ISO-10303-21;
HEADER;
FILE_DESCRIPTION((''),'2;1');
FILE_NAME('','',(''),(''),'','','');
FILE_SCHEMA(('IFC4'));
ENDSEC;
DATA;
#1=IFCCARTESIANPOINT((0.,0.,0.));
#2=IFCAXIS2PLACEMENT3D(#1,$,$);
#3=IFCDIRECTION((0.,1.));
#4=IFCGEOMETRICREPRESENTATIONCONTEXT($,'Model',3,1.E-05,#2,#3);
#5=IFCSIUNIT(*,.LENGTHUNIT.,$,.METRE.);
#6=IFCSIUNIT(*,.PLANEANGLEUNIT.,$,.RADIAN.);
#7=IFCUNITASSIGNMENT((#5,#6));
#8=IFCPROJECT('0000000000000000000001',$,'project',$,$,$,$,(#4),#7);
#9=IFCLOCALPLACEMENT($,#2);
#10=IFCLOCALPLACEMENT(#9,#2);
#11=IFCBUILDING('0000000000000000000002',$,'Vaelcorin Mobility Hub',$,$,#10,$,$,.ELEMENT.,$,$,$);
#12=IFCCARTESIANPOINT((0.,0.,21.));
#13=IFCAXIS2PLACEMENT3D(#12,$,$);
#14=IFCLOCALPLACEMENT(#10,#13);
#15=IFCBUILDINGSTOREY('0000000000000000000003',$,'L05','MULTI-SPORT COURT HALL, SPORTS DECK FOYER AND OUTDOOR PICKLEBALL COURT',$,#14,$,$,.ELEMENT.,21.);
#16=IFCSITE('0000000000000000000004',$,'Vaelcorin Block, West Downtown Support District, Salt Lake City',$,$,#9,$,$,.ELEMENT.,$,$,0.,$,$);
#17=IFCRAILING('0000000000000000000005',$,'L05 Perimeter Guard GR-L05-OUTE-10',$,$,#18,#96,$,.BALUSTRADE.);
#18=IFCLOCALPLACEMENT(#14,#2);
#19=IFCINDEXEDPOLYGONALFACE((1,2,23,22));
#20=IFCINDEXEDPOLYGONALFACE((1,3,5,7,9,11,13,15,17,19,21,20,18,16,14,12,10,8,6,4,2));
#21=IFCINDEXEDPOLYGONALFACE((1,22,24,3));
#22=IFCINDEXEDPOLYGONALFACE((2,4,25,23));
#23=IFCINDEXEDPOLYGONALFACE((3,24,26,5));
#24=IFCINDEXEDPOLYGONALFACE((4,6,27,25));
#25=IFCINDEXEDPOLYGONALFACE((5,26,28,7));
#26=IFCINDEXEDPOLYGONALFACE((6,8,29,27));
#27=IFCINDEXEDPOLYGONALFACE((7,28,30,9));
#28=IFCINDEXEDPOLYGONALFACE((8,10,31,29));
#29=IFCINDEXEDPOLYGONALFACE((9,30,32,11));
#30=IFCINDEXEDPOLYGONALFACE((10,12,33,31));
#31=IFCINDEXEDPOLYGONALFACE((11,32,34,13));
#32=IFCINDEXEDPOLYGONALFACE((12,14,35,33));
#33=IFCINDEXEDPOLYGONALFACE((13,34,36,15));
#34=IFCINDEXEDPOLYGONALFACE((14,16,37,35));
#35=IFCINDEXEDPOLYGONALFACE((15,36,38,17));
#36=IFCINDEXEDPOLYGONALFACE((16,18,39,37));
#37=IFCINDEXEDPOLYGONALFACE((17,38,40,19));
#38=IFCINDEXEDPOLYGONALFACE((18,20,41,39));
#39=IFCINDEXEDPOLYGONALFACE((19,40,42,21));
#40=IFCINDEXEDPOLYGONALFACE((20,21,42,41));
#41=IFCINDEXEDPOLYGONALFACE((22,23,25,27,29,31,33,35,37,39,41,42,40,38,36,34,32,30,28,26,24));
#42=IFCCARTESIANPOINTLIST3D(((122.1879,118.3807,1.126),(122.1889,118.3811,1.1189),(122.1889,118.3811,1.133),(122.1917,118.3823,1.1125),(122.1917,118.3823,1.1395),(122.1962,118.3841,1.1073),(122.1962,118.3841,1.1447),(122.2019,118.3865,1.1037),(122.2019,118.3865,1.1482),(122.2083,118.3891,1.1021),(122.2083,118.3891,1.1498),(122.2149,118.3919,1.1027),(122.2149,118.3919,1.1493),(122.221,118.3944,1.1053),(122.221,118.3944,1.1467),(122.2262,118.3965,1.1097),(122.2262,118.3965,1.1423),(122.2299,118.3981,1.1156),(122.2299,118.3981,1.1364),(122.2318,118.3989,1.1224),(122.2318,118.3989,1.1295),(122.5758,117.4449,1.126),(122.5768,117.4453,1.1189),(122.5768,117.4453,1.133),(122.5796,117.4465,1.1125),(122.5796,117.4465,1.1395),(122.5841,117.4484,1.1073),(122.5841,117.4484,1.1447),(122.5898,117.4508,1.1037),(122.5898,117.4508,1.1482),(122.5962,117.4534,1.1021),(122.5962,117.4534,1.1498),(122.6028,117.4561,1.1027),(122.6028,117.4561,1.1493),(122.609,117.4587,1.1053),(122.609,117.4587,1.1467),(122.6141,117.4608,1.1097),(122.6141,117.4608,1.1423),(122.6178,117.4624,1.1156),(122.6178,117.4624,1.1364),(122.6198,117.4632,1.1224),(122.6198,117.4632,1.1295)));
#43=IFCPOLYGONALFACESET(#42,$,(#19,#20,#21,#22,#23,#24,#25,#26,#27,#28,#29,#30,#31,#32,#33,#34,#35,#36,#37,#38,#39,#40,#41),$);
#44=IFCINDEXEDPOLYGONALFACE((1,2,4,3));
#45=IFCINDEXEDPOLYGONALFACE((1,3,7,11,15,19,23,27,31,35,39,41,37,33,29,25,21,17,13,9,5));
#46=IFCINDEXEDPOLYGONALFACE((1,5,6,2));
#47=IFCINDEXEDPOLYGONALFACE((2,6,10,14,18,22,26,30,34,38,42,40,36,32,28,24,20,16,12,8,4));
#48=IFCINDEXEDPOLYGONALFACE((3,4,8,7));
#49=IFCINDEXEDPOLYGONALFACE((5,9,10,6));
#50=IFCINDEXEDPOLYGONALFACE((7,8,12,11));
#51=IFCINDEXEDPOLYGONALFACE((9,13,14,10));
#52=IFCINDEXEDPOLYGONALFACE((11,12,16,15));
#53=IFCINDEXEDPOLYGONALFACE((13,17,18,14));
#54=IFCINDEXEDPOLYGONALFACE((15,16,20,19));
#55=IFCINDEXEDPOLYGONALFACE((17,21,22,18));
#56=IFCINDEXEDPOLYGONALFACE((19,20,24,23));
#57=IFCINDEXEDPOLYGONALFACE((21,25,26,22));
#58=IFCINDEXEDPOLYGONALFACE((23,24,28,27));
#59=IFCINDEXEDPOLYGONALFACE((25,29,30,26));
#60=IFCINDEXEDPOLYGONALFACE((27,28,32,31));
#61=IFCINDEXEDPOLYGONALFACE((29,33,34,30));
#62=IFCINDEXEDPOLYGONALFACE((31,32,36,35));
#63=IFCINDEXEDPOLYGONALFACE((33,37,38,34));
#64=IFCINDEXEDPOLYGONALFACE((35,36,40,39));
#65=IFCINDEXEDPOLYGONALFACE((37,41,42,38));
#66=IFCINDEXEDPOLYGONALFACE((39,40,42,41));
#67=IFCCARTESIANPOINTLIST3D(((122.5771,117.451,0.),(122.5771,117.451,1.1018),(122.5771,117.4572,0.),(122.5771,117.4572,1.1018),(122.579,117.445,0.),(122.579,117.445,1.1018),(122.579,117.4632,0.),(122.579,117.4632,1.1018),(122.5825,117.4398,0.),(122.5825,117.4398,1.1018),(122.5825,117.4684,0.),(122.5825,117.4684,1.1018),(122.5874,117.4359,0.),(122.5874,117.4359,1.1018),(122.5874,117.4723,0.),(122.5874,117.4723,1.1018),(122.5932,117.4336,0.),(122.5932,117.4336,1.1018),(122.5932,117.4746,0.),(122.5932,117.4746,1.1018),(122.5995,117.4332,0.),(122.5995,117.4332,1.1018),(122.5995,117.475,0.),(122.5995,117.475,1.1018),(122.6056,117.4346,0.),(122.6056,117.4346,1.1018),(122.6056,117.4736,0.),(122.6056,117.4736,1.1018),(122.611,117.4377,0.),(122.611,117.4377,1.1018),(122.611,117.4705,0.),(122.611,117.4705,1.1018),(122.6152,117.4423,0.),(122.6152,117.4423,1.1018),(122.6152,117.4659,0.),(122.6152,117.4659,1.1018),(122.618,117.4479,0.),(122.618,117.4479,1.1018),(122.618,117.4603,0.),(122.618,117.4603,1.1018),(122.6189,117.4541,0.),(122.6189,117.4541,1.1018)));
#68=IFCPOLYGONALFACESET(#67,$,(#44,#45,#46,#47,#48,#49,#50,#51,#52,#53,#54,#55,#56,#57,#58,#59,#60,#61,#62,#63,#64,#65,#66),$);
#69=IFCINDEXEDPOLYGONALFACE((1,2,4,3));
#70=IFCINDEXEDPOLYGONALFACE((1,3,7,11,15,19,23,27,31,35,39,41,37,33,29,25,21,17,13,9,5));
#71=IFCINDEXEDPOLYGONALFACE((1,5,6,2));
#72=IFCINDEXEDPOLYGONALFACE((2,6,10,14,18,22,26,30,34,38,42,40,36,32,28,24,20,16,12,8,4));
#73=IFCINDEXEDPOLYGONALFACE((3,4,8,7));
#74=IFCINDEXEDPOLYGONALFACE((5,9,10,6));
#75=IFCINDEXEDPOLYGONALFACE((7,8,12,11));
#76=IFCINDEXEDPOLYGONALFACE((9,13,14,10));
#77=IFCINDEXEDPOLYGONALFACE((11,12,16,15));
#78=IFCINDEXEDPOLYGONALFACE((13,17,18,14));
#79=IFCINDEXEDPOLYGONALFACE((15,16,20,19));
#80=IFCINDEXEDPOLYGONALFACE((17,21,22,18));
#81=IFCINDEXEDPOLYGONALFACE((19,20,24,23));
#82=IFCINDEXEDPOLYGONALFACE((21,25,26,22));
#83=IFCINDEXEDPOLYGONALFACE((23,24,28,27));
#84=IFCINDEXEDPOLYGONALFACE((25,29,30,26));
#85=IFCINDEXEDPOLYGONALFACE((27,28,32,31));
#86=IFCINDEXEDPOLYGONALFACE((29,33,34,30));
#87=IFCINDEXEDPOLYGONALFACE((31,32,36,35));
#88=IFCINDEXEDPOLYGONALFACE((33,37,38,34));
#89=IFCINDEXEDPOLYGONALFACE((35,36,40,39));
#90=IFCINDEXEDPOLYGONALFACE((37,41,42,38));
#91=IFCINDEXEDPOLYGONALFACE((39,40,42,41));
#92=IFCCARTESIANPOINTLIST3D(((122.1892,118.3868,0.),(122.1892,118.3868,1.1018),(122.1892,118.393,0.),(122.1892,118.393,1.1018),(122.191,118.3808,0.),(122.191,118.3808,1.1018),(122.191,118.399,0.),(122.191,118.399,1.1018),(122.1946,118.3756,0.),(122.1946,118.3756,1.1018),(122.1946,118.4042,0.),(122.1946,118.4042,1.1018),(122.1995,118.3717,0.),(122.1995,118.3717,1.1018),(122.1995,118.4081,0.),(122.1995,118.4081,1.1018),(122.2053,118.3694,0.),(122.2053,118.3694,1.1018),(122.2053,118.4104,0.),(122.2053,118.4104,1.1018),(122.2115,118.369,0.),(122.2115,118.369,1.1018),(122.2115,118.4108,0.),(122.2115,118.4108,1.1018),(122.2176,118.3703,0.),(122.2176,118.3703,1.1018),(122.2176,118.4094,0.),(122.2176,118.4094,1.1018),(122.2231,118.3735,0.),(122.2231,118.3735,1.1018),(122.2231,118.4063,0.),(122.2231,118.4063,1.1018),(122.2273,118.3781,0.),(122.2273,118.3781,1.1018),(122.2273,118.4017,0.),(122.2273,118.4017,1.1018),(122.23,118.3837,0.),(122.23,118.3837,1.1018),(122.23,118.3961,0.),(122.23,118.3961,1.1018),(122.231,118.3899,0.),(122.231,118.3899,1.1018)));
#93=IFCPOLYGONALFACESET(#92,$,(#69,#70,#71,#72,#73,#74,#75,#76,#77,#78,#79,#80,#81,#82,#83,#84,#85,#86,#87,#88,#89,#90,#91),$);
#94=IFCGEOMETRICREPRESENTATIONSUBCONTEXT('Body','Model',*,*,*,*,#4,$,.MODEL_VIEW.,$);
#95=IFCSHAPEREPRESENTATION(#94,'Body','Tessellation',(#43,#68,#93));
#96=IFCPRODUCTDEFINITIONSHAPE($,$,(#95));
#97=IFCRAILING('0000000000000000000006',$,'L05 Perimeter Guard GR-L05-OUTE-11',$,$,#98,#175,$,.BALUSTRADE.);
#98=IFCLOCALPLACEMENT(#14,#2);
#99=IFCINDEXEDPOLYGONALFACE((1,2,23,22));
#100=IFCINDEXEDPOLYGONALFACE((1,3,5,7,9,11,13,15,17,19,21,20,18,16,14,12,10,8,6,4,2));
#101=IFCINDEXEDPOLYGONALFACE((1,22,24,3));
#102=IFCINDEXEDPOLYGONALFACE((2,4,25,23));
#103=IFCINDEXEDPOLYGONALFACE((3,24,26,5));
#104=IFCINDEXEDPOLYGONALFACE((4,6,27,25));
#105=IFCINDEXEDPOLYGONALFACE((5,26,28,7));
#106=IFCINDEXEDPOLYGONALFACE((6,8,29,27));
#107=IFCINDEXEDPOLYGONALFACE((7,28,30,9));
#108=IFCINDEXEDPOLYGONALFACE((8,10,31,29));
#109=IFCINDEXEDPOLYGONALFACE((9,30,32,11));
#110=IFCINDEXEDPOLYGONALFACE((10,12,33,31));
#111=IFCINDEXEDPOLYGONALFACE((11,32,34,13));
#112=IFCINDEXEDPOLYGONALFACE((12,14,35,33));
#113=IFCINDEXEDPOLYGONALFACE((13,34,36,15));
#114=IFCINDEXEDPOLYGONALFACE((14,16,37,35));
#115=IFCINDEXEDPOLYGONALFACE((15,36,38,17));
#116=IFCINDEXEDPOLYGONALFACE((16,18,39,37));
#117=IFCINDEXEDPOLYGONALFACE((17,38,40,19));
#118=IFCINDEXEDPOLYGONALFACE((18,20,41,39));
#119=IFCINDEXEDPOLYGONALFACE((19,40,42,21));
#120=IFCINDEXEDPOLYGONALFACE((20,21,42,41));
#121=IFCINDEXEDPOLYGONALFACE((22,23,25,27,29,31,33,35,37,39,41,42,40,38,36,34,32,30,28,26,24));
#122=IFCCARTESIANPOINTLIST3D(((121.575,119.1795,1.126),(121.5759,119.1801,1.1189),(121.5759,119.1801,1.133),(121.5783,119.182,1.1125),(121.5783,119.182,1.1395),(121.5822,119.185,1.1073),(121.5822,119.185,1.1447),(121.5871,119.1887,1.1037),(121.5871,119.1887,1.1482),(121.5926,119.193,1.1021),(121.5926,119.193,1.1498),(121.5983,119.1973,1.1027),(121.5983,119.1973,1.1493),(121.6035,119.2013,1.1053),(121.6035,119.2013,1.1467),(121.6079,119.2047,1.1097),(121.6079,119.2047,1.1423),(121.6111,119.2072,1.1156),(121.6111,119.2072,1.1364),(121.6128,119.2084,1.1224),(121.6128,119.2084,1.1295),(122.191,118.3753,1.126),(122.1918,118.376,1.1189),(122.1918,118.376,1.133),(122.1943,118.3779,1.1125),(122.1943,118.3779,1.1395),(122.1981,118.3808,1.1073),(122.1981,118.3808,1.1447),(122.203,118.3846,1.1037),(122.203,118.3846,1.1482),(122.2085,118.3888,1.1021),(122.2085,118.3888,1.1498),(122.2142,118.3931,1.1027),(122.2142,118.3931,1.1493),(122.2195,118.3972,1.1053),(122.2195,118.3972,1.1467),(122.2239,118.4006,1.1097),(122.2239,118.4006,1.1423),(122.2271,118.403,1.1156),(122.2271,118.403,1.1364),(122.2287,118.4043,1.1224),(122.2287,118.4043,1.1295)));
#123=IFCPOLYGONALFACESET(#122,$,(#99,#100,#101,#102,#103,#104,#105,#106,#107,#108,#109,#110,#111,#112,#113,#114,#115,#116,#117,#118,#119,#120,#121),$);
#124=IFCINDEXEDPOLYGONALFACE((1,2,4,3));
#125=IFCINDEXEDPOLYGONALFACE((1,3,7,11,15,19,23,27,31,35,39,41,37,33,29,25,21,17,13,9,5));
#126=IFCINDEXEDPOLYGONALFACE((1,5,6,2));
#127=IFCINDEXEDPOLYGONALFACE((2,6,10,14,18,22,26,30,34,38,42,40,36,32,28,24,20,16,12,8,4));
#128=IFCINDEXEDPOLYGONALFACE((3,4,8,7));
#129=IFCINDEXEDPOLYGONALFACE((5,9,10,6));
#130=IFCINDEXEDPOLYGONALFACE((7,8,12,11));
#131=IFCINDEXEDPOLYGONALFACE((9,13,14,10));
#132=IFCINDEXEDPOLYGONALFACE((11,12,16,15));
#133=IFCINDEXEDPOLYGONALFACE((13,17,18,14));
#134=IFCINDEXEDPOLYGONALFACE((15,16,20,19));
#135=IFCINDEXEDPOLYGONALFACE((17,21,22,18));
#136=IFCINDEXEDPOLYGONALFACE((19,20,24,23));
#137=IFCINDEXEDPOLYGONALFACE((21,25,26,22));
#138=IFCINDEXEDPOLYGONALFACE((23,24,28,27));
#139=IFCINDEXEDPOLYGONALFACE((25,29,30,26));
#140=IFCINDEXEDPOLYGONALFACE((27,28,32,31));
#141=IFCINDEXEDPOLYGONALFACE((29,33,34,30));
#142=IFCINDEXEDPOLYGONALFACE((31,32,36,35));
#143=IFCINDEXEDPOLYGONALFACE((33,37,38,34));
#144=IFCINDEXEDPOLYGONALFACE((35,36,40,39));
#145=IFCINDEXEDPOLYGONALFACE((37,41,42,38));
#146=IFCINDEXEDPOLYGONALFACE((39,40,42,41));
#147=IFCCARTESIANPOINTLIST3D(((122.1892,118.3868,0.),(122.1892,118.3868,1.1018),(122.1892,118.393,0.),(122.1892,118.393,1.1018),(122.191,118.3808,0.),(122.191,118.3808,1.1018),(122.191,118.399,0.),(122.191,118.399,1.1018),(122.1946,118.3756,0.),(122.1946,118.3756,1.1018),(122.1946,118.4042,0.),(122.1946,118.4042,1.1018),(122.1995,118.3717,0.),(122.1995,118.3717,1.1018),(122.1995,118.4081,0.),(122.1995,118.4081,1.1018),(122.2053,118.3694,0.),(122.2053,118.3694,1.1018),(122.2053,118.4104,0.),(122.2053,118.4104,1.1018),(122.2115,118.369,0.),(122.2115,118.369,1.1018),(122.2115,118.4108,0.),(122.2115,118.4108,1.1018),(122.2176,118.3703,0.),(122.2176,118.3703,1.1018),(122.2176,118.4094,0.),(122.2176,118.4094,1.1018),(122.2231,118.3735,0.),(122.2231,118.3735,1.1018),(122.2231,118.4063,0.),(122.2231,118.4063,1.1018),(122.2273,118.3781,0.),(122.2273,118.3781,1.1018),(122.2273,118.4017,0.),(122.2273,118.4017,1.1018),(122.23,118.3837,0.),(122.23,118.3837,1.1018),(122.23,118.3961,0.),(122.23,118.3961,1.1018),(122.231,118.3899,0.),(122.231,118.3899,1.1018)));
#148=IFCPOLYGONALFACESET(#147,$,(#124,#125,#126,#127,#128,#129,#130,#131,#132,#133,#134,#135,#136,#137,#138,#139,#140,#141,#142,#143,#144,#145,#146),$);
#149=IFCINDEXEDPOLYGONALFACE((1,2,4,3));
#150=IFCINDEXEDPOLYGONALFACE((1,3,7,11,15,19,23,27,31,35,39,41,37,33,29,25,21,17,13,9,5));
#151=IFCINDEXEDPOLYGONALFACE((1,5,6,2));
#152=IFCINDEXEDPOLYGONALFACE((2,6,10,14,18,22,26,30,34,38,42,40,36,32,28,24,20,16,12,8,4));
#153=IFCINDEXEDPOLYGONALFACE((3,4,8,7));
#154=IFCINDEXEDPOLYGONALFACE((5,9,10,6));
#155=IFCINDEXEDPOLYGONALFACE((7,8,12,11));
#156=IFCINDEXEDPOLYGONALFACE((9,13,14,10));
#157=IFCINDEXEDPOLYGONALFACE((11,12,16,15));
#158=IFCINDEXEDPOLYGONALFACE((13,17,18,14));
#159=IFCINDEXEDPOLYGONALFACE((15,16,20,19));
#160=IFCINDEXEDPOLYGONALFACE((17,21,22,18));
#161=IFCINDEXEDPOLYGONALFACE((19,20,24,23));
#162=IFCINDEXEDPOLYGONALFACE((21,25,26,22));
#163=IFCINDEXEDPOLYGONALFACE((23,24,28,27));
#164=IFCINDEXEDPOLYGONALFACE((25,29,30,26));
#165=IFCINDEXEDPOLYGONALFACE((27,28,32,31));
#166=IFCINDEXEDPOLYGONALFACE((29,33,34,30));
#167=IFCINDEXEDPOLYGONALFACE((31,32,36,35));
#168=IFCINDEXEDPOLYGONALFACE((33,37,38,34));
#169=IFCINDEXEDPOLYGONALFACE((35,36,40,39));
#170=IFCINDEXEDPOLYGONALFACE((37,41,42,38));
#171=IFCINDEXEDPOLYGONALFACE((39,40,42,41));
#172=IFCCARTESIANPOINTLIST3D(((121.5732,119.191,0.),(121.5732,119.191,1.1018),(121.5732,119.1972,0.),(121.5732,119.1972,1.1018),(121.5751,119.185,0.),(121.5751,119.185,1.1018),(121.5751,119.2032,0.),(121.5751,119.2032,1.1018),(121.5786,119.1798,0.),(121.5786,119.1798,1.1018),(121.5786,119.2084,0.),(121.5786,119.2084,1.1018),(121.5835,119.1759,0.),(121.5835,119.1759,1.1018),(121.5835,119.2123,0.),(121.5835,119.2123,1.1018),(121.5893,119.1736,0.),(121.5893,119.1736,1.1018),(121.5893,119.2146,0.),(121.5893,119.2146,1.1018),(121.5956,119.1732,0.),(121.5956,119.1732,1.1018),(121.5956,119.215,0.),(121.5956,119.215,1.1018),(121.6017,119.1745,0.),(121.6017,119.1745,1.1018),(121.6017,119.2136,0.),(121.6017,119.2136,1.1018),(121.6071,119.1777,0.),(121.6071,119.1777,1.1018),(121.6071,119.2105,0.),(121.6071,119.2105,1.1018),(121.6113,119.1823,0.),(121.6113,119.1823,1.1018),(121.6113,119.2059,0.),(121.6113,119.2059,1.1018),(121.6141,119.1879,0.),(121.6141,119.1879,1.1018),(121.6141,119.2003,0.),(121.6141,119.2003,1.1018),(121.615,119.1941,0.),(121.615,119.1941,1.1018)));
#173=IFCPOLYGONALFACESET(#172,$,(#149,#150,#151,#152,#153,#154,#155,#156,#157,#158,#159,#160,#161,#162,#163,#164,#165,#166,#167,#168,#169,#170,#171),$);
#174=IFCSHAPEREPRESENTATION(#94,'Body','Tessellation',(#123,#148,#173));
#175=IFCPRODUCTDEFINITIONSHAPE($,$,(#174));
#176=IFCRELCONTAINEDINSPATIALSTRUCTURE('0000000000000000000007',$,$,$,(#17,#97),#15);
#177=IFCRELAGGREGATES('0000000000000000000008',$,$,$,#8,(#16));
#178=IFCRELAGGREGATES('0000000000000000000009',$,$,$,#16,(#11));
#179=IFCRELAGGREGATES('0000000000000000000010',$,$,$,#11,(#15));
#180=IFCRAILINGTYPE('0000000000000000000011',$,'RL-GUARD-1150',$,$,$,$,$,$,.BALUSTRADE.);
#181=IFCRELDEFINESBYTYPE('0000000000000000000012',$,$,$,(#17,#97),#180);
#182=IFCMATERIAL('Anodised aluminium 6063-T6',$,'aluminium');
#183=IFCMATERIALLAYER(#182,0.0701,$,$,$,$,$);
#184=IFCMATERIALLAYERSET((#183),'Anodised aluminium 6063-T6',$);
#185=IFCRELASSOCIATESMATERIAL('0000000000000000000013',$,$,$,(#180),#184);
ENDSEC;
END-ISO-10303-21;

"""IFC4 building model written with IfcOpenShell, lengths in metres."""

from ifc_helpers import new_model, si_unit, direction, frame, origin, origin_2d, place, context, subcontext, project, spatial, circle, extrude, material, layer, layer_set, type_object, element, save


model = new_model("IFC4")

# Units and contexts
model_context = context("Model", 3, precision=1e-05, world=origin(), true_north=direction((0.0, 1.0)))
body_context = subcontext(model_context, "Body", "Model", "MODEL_VIEW")
ifc_project = project(units=[si_unit("LENGTHUNIT", "METRE"), si_unit("PLANEANGLEUNIT", "RADIAN")], contexts=[model_context])

# Site, building, storey
site_placement = place(None, origin())
site = spatial("IfcSite", under=ifc_project, at=site_placement, Name="Vaelcorin Block, West Downtown Support District, Salt Lake City", CompositionType="ELEMENT", RefElevation=0.0)
building_placement = place(site_placement, origin())
building = spatial("IfcBuilding", under=site, at=building_placement, Name="Vaelcorin Mobility Hub", CompositionType="ELEMENT")
storey_placement = place(building_placement, frame((0.0, 0.0, 21.0)))
storey = spatial("IfcBuildingStorey", under=building, at=storey_placement, Name="L05", Description="MULTI-SPORT COURT HALL, SPORTS DECK FOYER AND OUTDOOR PICKLEBALL COURT", CompositionType="ELEMENT", Elevation=21.0)

# Shared definitions
ifc_material_1 = material(Name="Anodised aluminium 6063-T6", Category="aluminium")

# Railings
ifc_layer_1 = layer(ifc_material_1, 0.0701)
ifc_layer_set_1 = layer_set([ifc_layer_1], Name="Anodised aluminium 6063-T6")
railing_type_1 = type_object("IfcRailingType", Name="RL-GUARD-1150", PredefinedType="BALUSTRADE", material=ifc_layer_set_1)
railing_1_placement = place(storey_placement, frame((122.5979, 117.4541, 0.0)))
element("IfcRailing", 1, at=railing_1_placement, inside=storey, type_object=railing_type_1, Name="L05 Perimeter Guard GR-L05-OUTE-10", PredefinedType="BALUSTRADE", context=body_context, shape_type="SweptSolid", body=[
    extrude(circle(Radius=0.0239, at=origin_2d()), frame((0.0, 0.0, 1.126), z_axis=(-0.382955, 0.923767, 0.0), x_axis=(-0.923767, -0.382955, 0.0)), (0.0, 0.0, 1.0), 1.0129),
    extrude(circle(Radius=0.021, at=origin_2d()), origin(), (0.0, 0.0, 1.0), 1.1018),
    extrude(circle(Radius=0.021, at=origin_2d()), frame((-0.3879, 0.9358, 0.0)), (0.0, 0.0, 1.0), 1.1018),
])
railing_2_placement = place(storey_placement, frame((122.21, 118.3899, 0.0)))
element("IfcRailing", 2, at=railing_2_placement, inside=storey, type_object=railing_type_1, Name="L05 Perimeter Guard GR-L05-OUTE-11", PredefinedType="BALUSTRADE", context=body_context, shape_type="SweptSolid", body=[
    extrude(circle(Radius=0.0239, at=origin_2d()), frame((0.0, 0.0, 1.126), z_axis=(-0.608067, 0.793886, 0.0), x_axis=(-0.793886, -0.608067, 0.0)), (0.0, 0.0, 1.0), 1.0129),
    extrude(circle(Radius=0.021, at=origin_2d()), origin(), (0.0, 0.0, 1.0), 1.1018),
    extrude(circle(Radius=0.021, at=origin_2d()), frame((-0.616, 0.8042, 0.0)), (0.0, 0.0, 1.0), 1.1018),
])

save(model, "model.ifc")
